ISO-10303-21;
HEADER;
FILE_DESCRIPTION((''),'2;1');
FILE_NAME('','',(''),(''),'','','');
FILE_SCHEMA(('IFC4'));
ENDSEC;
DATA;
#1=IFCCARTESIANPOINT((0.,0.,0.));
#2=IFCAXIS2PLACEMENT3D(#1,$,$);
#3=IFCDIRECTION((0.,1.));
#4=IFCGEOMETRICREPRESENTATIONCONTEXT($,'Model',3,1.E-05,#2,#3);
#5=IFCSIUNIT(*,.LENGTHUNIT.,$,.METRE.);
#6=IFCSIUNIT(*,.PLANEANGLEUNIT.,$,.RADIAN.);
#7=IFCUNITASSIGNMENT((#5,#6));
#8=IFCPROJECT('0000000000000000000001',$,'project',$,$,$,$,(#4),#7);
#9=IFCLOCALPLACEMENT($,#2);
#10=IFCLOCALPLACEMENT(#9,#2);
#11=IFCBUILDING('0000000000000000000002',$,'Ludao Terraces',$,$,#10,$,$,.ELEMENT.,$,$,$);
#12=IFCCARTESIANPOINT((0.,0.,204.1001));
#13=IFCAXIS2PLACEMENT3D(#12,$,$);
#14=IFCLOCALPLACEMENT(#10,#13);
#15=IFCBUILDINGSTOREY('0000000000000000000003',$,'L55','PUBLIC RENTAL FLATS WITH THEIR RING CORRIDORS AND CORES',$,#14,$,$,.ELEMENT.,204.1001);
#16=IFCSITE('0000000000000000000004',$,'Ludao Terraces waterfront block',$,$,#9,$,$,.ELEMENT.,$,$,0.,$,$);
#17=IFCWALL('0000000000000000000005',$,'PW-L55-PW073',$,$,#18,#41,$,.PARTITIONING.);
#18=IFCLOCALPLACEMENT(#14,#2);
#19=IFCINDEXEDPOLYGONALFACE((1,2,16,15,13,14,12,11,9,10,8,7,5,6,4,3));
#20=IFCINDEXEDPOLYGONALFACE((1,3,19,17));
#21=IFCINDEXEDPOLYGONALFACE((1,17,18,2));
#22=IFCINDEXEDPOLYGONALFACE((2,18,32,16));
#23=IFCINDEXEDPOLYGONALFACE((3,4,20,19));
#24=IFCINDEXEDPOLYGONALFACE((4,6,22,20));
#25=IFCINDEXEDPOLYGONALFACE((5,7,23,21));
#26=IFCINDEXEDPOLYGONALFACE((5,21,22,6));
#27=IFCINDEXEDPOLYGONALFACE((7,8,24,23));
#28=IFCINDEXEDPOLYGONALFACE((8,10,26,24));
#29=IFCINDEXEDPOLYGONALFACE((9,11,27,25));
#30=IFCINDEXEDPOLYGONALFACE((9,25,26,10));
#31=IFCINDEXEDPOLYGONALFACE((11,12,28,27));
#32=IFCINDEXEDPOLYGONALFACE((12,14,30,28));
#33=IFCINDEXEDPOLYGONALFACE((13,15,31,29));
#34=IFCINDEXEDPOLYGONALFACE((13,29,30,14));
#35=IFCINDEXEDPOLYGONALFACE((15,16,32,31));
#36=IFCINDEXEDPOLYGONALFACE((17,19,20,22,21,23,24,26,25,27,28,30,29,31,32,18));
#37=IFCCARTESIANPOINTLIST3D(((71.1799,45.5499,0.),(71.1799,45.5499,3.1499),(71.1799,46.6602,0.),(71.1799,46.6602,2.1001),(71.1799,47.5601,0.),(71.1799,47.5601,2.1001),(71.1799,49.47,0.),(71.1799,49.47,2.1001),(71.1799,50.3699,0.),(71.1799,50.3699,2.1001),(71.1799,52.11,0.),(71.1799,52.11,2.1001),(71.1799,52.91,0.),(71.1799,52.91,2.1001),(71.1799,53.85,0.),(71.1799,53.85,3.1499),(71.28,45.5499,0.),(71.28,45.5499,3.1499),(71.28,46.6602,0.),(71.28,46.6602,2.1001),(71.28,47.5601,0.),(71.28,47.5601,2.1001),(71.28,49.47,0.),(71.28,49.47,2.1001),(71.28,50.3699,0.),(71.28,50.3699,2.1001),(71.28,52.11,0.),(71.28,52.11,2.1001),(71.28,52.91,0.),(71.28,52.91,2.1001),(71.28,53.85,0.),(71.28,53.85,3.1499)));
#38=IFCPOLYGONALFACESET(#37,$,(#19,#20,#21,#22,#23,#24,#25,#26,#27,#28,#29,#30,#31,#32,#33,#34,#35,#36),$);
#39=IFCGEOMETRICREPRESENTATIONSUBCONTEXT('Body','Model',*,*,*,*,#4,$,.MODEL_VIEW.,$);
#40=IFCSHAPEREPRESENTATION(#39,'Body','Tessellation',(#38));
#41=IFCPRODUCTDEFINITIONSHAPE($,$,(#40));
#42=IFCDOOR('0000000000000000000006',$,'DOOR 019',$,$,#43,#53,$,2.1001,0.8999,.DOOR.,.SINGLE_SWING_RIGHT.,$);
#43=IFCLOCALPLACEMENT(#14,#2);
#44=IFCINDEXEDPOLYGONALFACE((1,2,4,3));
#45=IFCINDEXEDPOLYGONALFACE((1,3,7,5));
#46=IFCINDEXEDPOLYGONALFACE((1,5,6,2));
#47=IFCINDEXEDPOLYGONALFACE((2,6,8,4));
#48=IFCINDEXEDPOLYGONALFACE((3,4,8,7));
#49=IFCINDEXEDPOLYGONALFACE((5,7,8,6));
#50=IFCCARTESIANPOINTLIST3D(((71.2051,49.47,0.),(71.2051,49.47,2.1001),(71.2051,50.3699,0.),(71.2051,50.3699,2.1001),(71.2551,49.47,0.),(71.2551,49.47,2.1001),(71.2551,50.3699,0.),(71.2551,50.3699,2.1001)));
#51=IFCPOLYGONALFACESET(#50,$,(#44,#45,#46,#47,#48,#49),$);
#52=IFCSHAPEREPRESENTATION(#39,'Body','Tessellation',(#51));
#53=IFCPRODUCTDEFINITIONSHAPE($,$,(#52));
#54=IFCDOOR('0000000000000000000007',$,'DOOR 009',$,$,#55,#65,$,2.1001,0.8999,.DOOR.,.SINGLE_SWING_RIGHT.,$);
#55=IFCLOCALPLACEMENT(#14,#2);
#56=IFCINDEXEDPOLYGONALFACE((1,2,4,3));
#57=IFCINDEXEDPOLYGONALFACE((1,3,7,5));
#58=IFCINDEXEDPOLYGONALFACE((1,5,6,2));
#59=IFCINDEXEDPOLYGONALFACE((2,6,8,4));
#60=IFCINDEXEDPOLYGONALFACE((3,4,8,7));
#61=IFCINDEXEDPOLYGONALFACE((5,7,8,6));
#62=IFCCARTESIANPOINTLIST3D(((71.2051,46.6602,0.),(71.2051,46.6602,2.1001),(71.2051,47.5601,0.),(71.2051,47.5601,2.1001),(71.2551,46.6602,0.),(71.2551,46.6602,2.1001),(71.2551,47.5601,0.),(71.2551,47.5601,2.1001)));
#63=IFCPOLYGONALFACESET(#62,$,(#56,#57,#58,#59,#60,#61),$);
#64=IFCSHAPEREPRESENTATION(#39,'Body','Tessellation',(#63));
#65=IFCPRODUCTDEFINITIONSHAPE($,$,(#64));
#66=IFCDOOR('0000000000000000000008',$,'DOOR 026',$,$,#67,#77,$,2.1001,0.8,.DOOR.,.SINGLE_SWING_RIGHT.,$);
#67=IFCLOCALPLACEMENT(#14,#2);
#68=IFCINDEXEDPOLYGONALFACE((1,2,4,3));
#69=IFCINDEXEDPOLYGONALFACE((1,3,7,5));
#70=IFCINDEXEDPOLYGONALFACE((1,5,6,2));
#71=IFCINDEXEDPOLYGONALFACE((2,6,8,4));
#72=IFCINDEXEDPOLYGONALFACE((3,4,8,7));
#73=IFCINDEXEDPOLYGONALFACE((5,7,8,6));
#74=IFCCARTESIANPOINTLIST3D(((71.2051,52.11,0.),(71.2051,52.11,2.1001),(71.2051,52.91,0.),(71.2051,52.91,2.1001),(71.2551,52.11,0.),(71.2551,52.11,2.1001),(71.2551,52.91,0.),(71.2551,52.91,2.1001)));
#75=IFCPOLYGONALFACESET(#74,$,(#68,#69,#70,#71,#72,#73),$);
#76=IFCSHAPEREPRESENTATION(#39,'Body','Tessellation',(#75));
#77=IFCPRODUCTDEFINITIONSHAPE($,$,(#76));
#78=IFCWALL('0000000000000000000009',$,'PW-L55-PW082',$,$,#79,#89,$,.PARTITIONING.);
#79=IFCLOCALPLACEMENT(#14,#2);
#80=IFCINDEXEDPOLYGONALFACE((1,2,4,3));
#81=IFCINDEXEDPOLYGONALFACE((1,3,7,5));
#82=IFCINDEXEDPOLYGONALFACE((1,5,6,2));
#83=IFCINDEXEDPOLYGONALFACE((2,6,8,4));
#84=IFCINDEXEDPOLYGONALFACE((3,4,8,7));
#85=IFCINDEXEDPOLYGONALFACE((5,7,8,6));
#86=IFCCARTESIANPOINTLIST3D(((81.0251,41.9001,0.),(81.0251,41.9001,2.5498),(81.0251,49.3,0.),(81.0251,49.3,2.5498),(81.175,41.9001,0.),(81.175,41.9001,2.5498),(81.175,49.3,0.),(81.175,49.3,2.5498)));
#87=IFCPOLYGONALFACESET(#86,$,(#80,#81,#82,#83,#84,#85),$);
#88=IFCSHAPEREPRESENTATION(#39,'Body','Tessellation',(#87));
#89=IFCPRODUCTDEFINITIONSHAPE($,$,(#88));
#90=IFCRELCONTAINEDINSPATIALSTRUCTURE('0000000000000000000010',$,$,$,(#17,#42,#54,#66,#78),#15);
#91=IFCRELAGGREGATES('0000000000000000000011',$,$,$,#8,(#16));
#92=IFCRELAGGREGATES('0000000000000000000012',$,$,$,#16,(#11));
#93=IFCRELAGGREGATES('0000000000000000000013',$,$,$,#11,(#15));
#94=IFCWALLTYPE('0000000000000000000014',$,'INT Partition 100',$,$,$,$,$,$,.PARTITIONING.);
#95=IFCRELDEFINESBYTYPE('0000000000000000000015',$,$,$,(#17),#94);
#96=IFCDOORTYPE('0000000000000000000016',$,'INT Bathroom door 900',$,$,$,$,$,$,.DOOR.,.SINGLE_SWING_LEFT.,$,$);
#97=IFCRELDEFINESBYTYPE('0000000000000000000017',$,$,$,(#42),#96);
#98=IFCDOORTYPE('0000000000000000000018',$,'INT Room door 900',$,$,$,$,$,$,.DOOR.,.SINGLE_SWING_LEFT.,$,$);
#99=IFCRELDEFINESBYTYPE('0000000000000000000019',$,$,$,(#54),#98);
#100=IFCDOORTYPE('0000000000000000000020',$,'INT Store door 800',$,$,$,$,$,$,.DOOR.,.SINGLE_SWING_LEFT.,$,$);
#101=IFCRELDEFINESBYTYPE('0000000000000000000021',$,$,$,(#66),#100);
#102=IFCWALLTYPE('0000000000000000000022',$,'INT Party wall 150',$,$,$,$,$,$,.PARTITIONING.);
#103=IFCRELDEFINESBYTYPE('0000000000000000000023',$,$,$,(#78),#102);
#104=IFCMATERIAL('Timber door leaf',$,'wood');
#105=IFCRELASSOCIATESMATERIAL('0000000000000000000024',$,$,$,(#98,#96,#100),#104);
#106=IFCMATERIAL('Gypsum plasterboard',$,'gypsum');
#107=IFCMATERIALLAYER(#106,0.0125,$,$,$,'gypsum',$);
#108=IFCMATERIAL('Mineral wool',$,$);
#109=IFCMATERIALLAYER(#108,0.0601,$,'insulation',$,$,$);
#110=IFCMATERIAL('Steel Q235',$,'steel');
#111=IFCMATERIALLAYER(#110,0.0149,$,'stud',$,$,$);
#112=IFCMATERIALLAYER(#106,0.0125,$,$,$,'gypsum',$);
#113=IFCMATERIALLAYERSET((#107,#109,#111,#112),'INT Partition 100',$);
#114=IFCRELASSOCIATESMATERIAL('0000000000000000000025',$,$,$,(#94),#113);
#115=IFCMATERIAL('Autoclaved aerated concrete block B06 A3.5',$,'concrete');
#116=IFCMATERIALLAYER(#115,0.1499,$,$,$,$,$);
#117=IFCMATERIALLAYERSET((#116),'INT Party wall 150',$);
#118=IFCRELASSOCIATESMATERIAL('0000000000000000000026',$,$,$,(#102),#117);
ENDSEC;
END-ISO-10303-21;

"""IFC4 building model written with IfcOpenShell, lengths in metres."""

from ifc_helpers import new_model, si_unit, direction, frame, frame_2d, origin, place, context, subcontext, project, spatial, rectangle, extrude, material, layer, layer_set, type_object, element, fill, save


model = new_model("IFC4")

# Units and contexts
model_context = context("Model", 3, precision=1e-05, world=origin(), true_north=direction((0.0, 1.0)))
body_context = subcontext(model_context, "Body", "Model", "MODEL_VIEW")
ifc_project = project(units=[si_unit("LENGTHUNIT", "METRE"), si_unit("PLANEANGLEUNIT", "RADIAN")], contexts=[model_context])

# Site, building, storey
site_placement = place(None, origin())
site = spatial("IfcSite", under=ifc_project, at=site_placement, Name="Ludao Terraces waterfront block", CompositionType="ELEMENT", RefElevation=0.0)
building_placement = place(site_placement, origin())
building = spatial("IfcBuilding", under=site, at=building_placement, Name="Ludao Terraces", CompositionType="ELEMENT")
storey_placement = place(building_placement, frame((0.0, 0.0, 204.1001)))
storey = spatial("IfcBuildingStorey", under=building, at=storey_placement, Name="L55", Description="PUBLIC RENTAL FLATS WITH THEIR RING CORRIDORS AND CORES", CompositionType="ELEMENT", Elevation=204.1001)

# Shared definitions
ifc_material_1 = material(Name="Autoclaved aerated concrete block B06 A3.5", Category="concrete")
ifc_material_2 = material(Name="Timber door leaf", Category="wood")
door_type_1 = type_object("IfcDoorType", Name="INT Room door 900", OperationType="SINGLE_SWING_LEFT", PredefinedType="DOOR", material=ifc_material_2)
ifc_material_3 = material(Name="Steel Q235", Category="steel")

# Shared definitions
ifc_material_4 = material(Name="Gypsum plasterboard", Category="gypsum")
ifc_layer_1 = layer(ifc_material_4, 0.0125, Category="gypsum")
ifc_material_5 = material(Name="Mineral wool")
ifc_layer_2 = layer(ifc_material_5, 0.0601, Name="insulation")
ifc_layer_3 = layer(ifc_material_3, 0.0149, Name="stud")
ifc_layer_4 = layer(ifc_material_4, 0.0125, Category="gypsum")
ifc_layer_set_1 = layer_set([ifc_layer_1, ifc_layer_2, ifc_layer_3, ifc_layer_4], Name="INT Partition 100")
wall_type_1 = type_object("IfcWallType", Name="INT Partition 100", PredefinedType="PARTITIONING", material=ifc_layer_set_1)

# Wall, openings, doors
wall_1_placement = place(storey_placement, frame((71.23, 45.55, 0.0), z_axis=(0.0, 0.0, 1.0), x_axis=(0.0, 1.0, 0.0)))
wall_1 = element("IfcWall", 1, at=wall_1_placement, inside=storey, type_object=wall_type_1, Name="PW-L55-PW073", PredefinedType="PARTITIONING", context=body_context, shape_type="SweptSolid", body=[
    extrude(rectangle(XDim=8.3, YDim=0.1001, at=frame_2d((4.1499, 0.0))), origin(), (0.0, 0.0, 1.0), 3.1499),
])
opening_1_placement = place(wall_1_placement, frame((1.1101, 0.0, 0.0)))
opening_1 = element("IfcOpeningElement", 2, at=opening_1_placement, cuts=wall_1, PredefinedType="OPENING", context=body_context, shape_type="SweptSolid", body=[
    extrude(rectangle(XDim=0.8999, YDim=2.1001, at=frame_2d((0.45, 1.05))), frame((0.0, 0.0601, 0.0), z_axis=(0.0, -1.0, 0.0), x_axis=(1.0, 0.0, 0.0)), (0.0, 0.0, 1.0), 0.1201),
])
opening_2_placement = place(wall_1_placement, frame((3.9199, 0.0, 0.0)))
opening_2 = element("IfcOpeningElement", 3, at=opening_2_placement, cuts=wall_1, PredefinedType="OPENING", context=body_context, shape_type="SweptSolid", body=[
    extrude(rectangle(XDim=0.8999, YDim=2.1001, at=frame_2d((0.45, 1.05))), frame((0.0, 0.0601, 0.0), z_axis=(0.0, -1.0, 0.0), x_axis=(1.0, 0.0, 0.0)), (0.0, 0.0, 1.0), 0.1201),
])
opening_3_placement = place(wall_1_placement, frame((6.5601, 0.0, 0.0)))
opening_3 = element("IfcOpeningElement", 4, at=opening_3_placement, cuts=wall_1, PredefinedType="OPENING", context=body_context, shape_type="SweptSolid", body=[
    extrude(rectangle(XDim=0.8, YDim=2.1001, at=frame_2d((0.3999, 1.05))), frame((0.0, 0.0601, 0.0), z_axis=(0.0, -1.0, 0.0), x_axis=(1.0, 0.0, 0.0)), (0.0, 0.0, 1.0), 0.1201),
])
door_type_2 = type_object("IfcDoorType", Name="INT Bathroom door 900", OperationType="SINGLE_SWING_LEFT", PredefinedType="DOOR", material=ifc_material_2)
door_1_placement = place(opening_2_placement, origin())
door_1 = element("IfcDoor", 5, at=door_1_placement, inside=storey, type_object=door_type_2, Name="DOOR 019", OperationType="SINGLE_SWING_RIGHT", OverallHeight=2.1001, OverallWidth=0.8999, PredefinedType="DOOR", context=body_context, shape_type="SweptSolid", body=[
    extrude(rectangle(XDim=0.8999, YDim=2.1001, at=frame_2d((0.45, 1.05))), frame((0.0, 0.0249, 0.0), z_axis=(0.0, -1.0, 0.0), x_axis=(1.0, 0.0, 0.0)), (0.0, 0.0, 1.0), 0.05),
])
fill(opening_2, door_1)
door_2_placement = place(opening_1_placement, origin())
door_2 = element("IfcDoor", 6, at=door_2_placement, inside=storey, type_object=door_type_1, Name="DOOR 009", OperationType="SINGLE_SWING_RIGHT", OverallHeight=2.1001, OverallWidth=0.8999, PredefinedType="DOOR", context=body_context, shape_type="SweptSolid", body=[
    extrude(rectangle(XDim=0.8999, YDim=2.1001, at=frame_2d((0.45, 1.05))), frame((0.0, 0.0249, 0.0), z_axis=(0.0, -1.0, 0.0), x_axis=(1.0, 0.0, 0.0)), (0.0, 0.0, 1.0), 0.05),
])
fill(opening_1, door_2)
door_type_3 = type_object("IfcDoorType", Name="INT Store door 800", OperationType="SINGLE_SWING_LEFT", PredefinedType="DOOR", material=ifc_material_2)
door_3_placement = place(opening_3_placement, origin())
door_3 = element("IfcDoor", 7, at=door_3_placement, inside=storey, type_object=door_type_3, Name="DOOR 026", OperationType="SINGLE_SWING_RIGHT", OverallHeight=2.1001, OverallWidth=0.8, PredefinedType="DOOR", context=body_context, shape_type="SweptSolid", body=[
    extrude(rectangle(XDim=0.8, YDim=2.1001, at=frame_2d((0.3999, 1.05))), frame((0.0, 0.0249, 0.0), z_axis=(0.0, -1.0, 0.0), x_axis=(1.0, 0.0, 0.0)), (0.0, 0.0, 1.0), 0.05),
])
fill(opening_3, door_3)

# Wall
ifc_layer_5 = layer(ifc_material_1, 0.1499)
ifc_layer_set_2 = layer_set([ifc_layer_5], Name="INT Party wall 150")
wall_type_2 = type_object("IfcWallType", Name="INT Party wall 150", PredefinedType="PARTITIONING", material=ifc_layer_set_2)
wall_2_placement = place(storey_placement, frame((81.1001, 41.9001, 0.0), z_axis=(0.0, 0.0, 1.0), x_axis=(0.0, 1.0, 0.0)))
element("IfcWall", 8, at=wall_2_placement, inside=storey, type_object=wall_type_2, Name="PW-L55-PW082", PredefinedType="PARTITIONING", context=body_context, shape_type="SweptSolid", body=[
    extrude(rectangle(XDim=7.3999, YDim=0.1499, at=frame_2d((3.7, 0.0))), origin(), (0.0, 0.0, 1.0), 2.5498),
])

save(model, "model.ifc")
